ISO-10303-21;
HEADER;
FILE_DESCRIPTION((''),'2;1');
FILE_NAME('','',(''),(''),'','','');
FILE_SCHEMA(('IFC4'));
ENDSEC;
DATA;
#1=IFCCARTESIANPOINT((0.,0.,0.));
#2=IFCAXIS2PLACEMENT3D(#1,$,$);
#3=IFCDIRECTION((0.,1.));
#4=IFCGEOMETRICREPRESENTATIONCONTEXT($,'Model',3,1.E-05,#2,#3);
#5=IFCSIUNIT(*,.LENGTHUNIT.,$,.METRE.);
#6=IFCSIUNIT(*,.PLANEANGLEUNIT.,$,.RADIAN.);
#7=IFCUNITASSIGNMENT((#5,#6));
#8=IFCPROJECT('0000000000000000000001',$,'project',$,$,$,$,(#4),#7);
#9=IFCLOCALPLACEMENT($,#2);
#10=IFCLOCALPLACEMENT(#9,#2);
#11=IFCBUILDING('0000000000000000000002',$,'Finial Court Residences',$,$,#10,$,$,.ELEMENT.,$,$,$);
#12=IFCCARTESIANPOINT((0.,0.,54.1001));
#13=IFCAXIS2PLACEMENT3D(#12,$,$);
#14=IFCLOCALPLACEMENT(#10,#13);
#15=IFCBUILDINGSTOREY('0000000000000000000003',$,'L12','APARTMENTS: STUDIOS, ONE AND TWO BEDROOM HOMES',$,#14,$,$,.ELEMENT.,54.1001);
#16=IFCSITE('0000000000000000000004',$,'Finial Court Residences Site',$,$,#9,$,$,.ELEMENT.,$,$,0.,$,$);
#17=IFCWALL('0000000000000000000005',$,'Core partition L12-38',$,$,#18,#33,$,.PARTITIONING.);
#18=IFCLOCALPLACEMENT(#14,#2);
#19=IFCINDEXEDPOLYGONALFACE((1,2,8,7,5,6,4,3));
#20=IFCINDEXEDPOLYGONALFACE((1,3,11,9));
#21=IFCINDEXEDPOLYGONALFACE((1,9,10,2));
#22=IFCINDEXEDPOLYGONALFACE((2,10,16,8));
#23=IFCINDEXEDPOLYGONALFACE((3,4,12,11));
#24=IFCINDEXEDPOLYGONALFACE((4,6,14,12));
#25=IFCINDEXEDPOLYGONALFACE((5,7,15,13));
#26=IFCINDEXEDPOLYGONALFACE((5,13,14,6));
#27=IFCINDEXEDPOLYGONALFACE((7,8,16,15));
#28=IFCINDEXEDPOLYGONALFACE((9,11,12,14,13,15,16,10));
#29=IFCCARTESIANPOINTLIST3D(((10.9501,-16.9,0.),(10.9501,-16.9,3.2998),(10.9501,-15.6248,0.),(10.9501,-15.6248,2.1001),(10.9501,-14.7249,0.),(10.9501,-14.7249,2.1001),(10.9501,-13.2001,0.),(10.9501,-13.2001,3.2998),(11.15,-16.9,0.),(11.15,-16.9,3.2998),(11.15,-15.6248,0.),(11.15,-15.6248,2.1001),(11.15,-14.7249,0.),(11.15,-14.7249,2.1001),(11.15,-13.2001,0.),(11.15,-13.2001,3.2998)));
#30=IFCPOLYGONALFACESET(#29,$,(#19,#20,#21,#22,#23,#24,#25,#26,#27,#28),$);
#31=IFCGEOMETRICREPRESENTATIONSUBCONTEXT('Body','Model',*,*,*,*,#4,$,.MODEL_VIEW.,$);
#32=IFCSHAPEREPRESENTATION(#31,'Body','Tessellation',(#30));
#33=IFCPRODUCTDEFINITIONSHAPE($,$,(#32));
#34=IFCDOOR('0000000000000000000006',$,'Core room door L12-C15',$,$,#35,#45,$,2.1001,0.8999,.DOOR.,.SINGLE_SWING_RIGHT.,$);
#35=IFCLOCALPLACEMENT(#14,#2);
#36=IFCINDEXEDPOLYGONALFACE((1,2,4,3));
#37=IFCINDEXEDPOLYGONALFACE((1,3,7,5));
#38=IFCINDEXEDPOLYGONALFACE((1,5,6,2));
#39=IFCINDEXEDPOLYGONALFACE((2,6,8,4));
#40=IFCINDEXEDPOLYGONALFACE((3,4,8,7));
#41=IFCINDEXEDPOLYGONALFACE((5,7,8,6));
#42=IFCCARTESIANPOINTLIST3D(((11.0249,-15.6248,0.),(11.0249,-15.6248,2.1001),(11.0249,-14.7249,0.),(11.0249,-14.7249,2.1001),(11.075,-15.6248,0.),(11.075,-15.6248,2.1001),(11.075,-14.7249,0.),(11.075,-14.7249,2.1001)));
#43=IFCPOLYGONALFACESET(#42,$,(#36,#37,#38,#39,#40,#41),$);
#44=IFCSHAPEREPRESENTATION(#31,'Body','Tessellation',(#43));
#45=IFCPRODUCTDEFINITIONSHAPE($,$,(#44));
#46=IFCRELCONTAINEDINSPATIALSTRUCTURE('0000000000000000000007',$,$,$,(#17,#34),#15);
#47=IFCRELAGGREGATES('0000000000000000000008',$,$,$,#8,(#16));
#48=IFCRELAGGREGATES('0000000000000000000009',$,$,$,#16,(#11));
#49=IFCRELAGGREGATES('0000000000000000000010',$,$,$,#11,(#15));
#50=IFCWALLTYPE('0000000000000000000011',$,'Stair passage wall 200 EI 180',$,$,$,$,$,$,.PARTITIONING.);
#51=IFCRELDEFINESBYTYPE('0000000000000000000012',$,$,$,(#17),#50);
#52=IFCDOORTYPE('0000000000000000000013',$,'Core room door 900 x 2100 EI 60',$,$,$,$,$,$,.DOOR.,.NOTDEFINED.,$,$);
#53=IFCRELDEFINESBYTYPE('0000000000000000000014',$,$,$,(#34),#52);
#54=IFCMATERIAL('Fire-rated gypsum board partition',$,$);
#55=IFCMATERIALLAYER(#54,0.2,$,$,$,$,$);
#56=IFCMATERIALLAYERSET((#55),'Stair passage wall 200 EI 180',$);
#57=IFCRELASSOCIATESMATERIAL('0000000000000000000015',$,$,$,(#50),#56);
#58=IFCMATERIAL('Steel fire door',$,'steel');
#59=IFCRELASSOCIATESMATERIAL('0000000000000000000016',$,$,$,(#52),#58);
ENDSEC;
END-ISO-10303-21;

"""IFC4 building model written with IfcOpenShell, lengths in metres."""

from ifc_helpers import new_model, si_unit, direction, frame, frame_2d, origin, place, context, subcontext, project, spatial, rectangle, extrude, material, layer, layer_set, type_object, element, fill, save


model = new_model("IFC4")

# Units and contexts
model_context = context("Model", 3, precision=1e-05, world=origin(), true_north=direction((0.0, 1.0)))
body_context = subcontext(model_context, "Body", "Model", "MODEL_VIEW")
ifc_project = project(units=[si_unit("LENGTHUNIT", "METRE"), si_unit("PLANEANGLEUNIT", "RADIAN")], contexts=[model_context])

# Site, building, storey
site_placement = place(None, origin())
site = spatial("IfcSite", under=ifc_project, at=site_placement, Name="Finial Court Residences Site", CompositionType="ELEMENT", RefElevation=0.0)
building_placement = place(site_placement, origin())
building = spatial("IfcBuilding", under=site, at=building_placement, Name="Finial Court Residences", CompositionType="ELEMENT")
storey_placement = place(building_placement, frame((0.0, 0.0, 54.1001)))
storey = spatial("IfcBuildingStorey", under=building, at=storey_placement, Name="L12", Description="APARTMENTS: STUDIOS, ONE AND TWO BEDROOM HOMES", CompositionType="ELEMENT", Elevation=54.1001)

# Shared definitions
ifc_material_1 = material(Name="Fire-rated gypsum board partition")
ifc_material_2 = material(Name="Steel fire door", Category="steel")

# Shared definitions
ifc_layer_1 = layer(ifc_material_1, 0.2)
ifc_layer_set_1 = layer_set([ifc_layer_1], Name="Stair passage wall 200 EI 180")
wall_type_1 = type_object("IfcWallType", Name="Stair passage wall 200 EI 180", PredefinedType="PARTITIONING", material=ifc_layer_set_1)

# Wall, opening, door
wall_1_placement = place(storey_placement, frame((11.05, -13.2, 0.0), z_axis=(0.0, 0.0, 1.0), x_axis=(0.0, -1.0, 0.0)))
wall_1 = element("IfcWall", 1, at=wall_1_placement, inside=storey, type_object=wall_type_1, Name="Core partition L12-38", PredefinedType="PARTITIONING", context=body_context, shape_type="SweptSolid", body=[
    extrude(rectangle(XDim=3.7, YDim=0.2, at=frame_2d((1.8501, 0.0))), origin(), (0.0, 0.0, 1.0), 3.2998),
])
opening_1_placement = place(wall_1_placement, frame((1.5249, 0.0, 0.0)))
opening_1 = element("IfcOpeningElement", 2, at=opening_1_placement, cuts=wall_1, PredefinedType="OPENING", context=body_context, shape_type="SweptSolid", body=[
    extrude(rectangle(XDim=0.8999, YDim=2.1001, at=frame_2d((0.45, 1.05))), frame((0.0, 0.1099, 0.0), z_axis=(0.0, -1.0, 0.0), x_axis=(1.0, 0.0, 0.0)), (0.0, 0.0, 1.0), 0.22),
])
door_type_1 = type_object("IfcDoorType", Name="Core room door 900 x 2100 EI 60", OperationType="NOTDEFINED", PredefinedType="DOOR", material=ifc_material_2)
door_1_placement = place(opening_1_placement, origin())
door_1 = element("IfcDoor", 3, at=door_1_placement, inside=storey, type_object=door_type_1, Name="Core room door L12-C15", OperationType="SINGLE_SWING_RIGHT", OverallHeight=2.1001, OverallWidth=0.8999, PredefinedType="DOOR", context=body_context, shape_type="SweptSolid", body=[
    extrude(rectangle(XDim=0.8999, YDim=2.1001, at=frame_2d((0.45, 1.05))), frame((0.0, 0.0249, 0.0), z_axis=(0.0, -1.0, 0.0), x_axis=(1.0, 0.0, 0.0)), (0.0, 0.0, 1.0), 0.05),
])
fill(opening_1, door_1)

save(model, "model.ifc")
